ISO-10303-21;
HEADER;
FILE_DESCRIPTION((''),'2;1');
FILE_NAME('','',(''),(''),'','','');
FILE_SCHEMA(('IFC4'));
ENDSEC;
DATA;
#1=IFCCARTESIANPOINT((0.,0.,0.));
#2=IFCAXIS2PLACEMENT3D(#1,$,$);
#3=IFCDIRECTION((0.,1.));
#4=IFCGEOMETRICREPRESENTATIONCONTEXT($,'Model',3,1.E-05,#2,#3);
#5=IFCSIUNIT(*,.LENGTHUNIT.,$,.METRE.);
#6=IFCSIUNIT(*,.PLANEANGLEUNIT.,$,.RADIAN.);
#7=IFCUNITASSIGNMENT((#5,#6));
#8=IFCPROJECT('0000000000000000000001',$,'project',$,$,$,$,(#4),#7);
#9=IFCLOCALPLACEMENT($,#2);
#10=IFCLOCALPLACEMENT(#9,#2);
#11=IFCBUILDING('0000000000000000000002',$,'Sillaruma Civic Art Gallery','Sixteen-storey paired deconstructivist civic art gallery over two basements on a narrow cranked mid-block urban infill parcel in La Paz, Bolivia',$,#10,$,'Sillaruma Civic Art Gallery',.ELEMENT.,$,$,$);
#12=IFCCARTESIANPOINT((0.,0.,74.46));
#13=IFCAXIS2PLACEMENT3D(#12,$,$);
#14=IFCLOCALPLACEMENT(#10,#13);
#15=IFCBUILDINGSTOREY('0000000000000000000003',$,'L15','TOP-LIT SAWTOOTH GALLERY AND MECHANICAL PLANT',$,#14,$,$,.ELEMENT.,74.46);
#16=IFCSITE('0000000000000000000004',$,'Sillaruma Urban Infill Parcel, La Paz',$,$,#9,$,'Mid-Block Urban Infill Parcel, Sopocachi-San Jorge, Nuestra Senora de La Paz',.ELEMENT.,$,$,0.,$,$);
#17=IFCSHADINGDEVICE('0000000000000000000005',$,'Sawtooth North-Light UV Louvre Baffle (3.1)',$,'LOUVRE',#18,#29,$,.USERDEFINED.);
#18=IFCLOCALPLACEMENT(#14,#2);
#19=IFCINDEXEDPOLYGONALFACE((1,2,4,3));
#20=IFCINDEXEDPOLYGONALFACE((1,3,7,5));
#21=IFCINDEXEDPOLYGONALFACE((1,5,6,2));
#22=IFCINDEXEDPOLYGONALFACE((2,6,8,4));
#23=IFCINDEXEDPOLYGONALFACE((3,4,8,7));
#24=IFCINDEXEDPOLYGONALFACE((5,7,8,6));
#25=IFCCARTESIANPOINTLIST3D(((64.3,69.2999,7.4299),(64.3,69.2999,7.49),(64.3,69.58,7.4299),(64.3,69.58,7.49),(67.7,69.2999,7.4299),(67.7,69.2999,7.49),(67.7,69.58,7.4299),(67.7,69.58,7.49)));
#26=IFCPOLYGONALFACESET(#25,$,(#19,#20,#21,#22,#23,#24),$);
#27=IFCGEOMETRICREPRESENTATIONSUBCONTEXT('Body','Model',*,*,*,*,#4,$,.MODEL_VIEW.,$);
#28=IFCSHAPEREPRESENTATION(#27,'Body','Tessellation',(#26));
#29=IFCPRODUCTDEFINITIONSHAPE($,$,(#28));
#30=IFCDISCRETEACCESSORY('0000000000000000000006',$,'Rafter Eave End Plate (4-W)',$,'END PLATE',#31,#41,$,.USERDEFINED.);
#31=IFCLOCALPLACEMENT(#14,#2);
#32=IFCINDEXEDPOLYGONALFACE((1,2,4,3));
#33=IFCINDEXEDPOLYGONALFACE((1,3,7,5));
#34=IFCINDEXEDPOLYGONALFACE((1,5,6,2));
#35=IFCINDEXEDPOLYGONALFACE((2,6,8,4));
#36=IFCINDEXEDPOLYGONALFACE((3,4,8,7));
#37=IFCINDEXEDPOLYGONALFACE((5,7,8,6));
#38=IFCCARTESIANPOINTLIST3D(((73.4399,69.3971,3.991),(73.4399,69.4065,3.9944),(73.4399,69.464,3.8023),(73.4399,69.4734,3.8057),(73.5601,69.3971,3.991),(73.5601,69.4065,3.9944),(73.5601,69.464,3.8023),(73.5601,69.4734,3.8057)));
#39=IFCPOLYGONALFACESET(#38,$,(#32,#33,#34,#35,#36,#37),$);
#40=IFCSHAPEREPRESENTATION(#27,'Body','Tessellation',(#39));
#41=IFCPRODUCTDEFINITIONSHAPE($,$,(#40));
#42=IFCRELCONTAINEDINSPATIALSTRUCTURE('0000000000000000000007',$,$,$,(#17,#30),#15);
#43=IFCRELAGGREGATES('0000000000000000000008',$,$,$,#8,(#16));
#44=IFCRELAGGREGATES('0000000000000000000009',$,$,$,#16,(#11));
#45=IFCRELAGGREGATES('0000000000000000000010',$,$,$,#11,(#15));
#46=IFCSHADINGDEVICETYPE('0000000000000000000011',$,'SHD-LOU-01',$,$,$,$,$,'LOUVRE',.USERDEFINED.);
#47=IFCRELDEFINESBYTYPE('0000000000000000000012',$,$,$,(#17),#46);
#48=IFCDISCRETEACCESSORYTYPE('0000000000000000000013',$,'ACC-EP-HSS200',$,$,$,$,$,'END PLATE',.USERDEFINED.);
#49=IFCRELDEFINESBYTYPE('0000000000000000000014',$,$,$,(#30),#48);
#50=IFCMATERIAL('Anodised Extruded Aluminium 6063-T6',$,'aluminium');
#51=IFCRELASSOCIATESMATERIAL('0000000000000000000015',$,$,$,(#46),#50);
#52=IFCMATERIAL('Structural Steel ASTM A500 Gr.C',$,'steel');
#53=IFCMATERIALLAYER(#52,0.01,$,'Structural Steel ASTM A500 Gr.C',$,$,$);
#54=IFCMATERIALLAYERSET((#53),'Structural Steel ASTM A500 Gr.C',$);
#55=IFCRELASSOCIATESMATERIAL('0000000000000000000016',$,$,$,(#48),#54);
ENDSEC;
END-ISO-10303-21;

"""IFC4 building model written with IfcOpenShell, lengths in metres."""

from ifc_helpers import new_model, si_unit, direction, frame, origin, origin_2d, place, context, subcontext, project, spatial, polyline, rectangle, outline, extrude, material, layer, layer_set, type_object, element, save


model = new_model("IFC4")

# Units and contexts
model_context = context("Model", 3, precision=1e-05, world=origin(), true_north=direction((0.0, 1.0)))
body_context = subcontext(model_context, "Body", "Model", "MODEL_VIEW")
ifc_project = project(units=[si_unit("LENGTHUNIT", "METRE"), si_unit("PLANEANGLEUNIT", "RADIAN")], contexts=[model_context])

# Site, building, storey
site_placement = place(None, origin())
site = spatial("IfcSite", under=ifc_project, at=site_placement, Name="Sillaruma Urban Infill Parcel, La Paz", LongName="Mid-Block Urban Infill Parcel, Sopocachi-San Jorge, Nuestra Senora de La Paz", CompositionType="ELEMENT", RefElevation=0.0)
building_placement = place(site_placement, origin())
building = spatial("IfcBuilding", under=site, at=building_placement, Name="Sillaruma Civic Art Gallery", Description="Sixteen-storey paired deconstructivist civic art gallery over two basements on a narrow cranked mid-block urban infill parcel in La Paz, Bolivia", LongName="Sillaruma Civic Art Gallery", CompositionType="ELEMENT")
storey_placement = place(building_placement, frame((0.0, 0.0, 74.46)))
storey = spatial("IfcBuildingStorey", under=building, at=storey_placement, Name="L15", Description="TOP-LIT SAWTOOTH GALLERY AND MECHANICAL PLANT", CompositionType="ELEMENT", Elevation=74.46)

# Shared definitions
ifc_material_1 = material(Name="Structural Steel ASTM A500 Gr.C", Category="steel")

# Shading device
ifc_material_2 = material(Name="Anodised Extruded Aluminium 6063-T6", Category="aluminium")
shading_device_type = type_object("IfcShadingDeviceType", Name="SHD-LOU-01", ElementType="LOUVRE", PredefinedType="USERDEFINED", material=ifc_material_2)
shading_device_placement = place(storey_placement, frame((66.0, 69.4399, 7.4299), z_axis=(0.0, 0.0, 1.0), x_axis=(1.0, 0.0, 0.0)))
element("IfcShadingDevice", 1, at=shading_device_placement, inside=storey, type_object=shading_device_type, Name="Sawtooth North-Light UV Louvre Baffle (3.1)", ObjectType="LOUVRE", PredefinedType="USERDEFINED", context=body_context, shape_type="SweptSolid", body=[
    extrude(rectangle(XDim=3.3999, YDim=0.28, at=origin_2d()), origin(), (0.0, 0.0, 1.0), 0.0601),
])

# Discrete accessory
ifc_layer_1 = layer(ifc_material_1, 0.01, Name="Structural Steel ASTM A500 Gr.C")
ifc_layer_set_1 = layer_set([ifc_layer_1], Name="Structural Steel ASTM A500 Gr.C")
discrete_accessory_type = type_object("IfcDiscreteAccessoryType", Name="ACC-EP-HSS200", ElementType="END PLATE", PredefinedType="USERDEFINED", material=ifc_layer_set_1)
discrete_accessory_placement = place(storey_placement, frame((73.5601, 69.4734, 3.8057), z_axis=(0.0, 0.942539, 0.334095), x_axis=(-1.0, 0.0, 0.0)))
element("IfcDiscreteAccessory", 2, at=discrete_accessory_placement, inside=storey, type_object=discrete_accessory_type, Name="Rafter Eave End Plate (4-W)", ObjectType="END PLATE", PredefinedType="USERDEFINED", context=body_context, shape_type="SweptSolid", body=[
    extrude(outline(polyline([(0.0, 0.0), (0.1201, 0.0), (0.1201, 0.2002), (0.0, 0.2002), (0.0, 0.0)])), origin(), (0.0, 0.0, -1.0), 0.01),
])

save(model, "model.ifc")
